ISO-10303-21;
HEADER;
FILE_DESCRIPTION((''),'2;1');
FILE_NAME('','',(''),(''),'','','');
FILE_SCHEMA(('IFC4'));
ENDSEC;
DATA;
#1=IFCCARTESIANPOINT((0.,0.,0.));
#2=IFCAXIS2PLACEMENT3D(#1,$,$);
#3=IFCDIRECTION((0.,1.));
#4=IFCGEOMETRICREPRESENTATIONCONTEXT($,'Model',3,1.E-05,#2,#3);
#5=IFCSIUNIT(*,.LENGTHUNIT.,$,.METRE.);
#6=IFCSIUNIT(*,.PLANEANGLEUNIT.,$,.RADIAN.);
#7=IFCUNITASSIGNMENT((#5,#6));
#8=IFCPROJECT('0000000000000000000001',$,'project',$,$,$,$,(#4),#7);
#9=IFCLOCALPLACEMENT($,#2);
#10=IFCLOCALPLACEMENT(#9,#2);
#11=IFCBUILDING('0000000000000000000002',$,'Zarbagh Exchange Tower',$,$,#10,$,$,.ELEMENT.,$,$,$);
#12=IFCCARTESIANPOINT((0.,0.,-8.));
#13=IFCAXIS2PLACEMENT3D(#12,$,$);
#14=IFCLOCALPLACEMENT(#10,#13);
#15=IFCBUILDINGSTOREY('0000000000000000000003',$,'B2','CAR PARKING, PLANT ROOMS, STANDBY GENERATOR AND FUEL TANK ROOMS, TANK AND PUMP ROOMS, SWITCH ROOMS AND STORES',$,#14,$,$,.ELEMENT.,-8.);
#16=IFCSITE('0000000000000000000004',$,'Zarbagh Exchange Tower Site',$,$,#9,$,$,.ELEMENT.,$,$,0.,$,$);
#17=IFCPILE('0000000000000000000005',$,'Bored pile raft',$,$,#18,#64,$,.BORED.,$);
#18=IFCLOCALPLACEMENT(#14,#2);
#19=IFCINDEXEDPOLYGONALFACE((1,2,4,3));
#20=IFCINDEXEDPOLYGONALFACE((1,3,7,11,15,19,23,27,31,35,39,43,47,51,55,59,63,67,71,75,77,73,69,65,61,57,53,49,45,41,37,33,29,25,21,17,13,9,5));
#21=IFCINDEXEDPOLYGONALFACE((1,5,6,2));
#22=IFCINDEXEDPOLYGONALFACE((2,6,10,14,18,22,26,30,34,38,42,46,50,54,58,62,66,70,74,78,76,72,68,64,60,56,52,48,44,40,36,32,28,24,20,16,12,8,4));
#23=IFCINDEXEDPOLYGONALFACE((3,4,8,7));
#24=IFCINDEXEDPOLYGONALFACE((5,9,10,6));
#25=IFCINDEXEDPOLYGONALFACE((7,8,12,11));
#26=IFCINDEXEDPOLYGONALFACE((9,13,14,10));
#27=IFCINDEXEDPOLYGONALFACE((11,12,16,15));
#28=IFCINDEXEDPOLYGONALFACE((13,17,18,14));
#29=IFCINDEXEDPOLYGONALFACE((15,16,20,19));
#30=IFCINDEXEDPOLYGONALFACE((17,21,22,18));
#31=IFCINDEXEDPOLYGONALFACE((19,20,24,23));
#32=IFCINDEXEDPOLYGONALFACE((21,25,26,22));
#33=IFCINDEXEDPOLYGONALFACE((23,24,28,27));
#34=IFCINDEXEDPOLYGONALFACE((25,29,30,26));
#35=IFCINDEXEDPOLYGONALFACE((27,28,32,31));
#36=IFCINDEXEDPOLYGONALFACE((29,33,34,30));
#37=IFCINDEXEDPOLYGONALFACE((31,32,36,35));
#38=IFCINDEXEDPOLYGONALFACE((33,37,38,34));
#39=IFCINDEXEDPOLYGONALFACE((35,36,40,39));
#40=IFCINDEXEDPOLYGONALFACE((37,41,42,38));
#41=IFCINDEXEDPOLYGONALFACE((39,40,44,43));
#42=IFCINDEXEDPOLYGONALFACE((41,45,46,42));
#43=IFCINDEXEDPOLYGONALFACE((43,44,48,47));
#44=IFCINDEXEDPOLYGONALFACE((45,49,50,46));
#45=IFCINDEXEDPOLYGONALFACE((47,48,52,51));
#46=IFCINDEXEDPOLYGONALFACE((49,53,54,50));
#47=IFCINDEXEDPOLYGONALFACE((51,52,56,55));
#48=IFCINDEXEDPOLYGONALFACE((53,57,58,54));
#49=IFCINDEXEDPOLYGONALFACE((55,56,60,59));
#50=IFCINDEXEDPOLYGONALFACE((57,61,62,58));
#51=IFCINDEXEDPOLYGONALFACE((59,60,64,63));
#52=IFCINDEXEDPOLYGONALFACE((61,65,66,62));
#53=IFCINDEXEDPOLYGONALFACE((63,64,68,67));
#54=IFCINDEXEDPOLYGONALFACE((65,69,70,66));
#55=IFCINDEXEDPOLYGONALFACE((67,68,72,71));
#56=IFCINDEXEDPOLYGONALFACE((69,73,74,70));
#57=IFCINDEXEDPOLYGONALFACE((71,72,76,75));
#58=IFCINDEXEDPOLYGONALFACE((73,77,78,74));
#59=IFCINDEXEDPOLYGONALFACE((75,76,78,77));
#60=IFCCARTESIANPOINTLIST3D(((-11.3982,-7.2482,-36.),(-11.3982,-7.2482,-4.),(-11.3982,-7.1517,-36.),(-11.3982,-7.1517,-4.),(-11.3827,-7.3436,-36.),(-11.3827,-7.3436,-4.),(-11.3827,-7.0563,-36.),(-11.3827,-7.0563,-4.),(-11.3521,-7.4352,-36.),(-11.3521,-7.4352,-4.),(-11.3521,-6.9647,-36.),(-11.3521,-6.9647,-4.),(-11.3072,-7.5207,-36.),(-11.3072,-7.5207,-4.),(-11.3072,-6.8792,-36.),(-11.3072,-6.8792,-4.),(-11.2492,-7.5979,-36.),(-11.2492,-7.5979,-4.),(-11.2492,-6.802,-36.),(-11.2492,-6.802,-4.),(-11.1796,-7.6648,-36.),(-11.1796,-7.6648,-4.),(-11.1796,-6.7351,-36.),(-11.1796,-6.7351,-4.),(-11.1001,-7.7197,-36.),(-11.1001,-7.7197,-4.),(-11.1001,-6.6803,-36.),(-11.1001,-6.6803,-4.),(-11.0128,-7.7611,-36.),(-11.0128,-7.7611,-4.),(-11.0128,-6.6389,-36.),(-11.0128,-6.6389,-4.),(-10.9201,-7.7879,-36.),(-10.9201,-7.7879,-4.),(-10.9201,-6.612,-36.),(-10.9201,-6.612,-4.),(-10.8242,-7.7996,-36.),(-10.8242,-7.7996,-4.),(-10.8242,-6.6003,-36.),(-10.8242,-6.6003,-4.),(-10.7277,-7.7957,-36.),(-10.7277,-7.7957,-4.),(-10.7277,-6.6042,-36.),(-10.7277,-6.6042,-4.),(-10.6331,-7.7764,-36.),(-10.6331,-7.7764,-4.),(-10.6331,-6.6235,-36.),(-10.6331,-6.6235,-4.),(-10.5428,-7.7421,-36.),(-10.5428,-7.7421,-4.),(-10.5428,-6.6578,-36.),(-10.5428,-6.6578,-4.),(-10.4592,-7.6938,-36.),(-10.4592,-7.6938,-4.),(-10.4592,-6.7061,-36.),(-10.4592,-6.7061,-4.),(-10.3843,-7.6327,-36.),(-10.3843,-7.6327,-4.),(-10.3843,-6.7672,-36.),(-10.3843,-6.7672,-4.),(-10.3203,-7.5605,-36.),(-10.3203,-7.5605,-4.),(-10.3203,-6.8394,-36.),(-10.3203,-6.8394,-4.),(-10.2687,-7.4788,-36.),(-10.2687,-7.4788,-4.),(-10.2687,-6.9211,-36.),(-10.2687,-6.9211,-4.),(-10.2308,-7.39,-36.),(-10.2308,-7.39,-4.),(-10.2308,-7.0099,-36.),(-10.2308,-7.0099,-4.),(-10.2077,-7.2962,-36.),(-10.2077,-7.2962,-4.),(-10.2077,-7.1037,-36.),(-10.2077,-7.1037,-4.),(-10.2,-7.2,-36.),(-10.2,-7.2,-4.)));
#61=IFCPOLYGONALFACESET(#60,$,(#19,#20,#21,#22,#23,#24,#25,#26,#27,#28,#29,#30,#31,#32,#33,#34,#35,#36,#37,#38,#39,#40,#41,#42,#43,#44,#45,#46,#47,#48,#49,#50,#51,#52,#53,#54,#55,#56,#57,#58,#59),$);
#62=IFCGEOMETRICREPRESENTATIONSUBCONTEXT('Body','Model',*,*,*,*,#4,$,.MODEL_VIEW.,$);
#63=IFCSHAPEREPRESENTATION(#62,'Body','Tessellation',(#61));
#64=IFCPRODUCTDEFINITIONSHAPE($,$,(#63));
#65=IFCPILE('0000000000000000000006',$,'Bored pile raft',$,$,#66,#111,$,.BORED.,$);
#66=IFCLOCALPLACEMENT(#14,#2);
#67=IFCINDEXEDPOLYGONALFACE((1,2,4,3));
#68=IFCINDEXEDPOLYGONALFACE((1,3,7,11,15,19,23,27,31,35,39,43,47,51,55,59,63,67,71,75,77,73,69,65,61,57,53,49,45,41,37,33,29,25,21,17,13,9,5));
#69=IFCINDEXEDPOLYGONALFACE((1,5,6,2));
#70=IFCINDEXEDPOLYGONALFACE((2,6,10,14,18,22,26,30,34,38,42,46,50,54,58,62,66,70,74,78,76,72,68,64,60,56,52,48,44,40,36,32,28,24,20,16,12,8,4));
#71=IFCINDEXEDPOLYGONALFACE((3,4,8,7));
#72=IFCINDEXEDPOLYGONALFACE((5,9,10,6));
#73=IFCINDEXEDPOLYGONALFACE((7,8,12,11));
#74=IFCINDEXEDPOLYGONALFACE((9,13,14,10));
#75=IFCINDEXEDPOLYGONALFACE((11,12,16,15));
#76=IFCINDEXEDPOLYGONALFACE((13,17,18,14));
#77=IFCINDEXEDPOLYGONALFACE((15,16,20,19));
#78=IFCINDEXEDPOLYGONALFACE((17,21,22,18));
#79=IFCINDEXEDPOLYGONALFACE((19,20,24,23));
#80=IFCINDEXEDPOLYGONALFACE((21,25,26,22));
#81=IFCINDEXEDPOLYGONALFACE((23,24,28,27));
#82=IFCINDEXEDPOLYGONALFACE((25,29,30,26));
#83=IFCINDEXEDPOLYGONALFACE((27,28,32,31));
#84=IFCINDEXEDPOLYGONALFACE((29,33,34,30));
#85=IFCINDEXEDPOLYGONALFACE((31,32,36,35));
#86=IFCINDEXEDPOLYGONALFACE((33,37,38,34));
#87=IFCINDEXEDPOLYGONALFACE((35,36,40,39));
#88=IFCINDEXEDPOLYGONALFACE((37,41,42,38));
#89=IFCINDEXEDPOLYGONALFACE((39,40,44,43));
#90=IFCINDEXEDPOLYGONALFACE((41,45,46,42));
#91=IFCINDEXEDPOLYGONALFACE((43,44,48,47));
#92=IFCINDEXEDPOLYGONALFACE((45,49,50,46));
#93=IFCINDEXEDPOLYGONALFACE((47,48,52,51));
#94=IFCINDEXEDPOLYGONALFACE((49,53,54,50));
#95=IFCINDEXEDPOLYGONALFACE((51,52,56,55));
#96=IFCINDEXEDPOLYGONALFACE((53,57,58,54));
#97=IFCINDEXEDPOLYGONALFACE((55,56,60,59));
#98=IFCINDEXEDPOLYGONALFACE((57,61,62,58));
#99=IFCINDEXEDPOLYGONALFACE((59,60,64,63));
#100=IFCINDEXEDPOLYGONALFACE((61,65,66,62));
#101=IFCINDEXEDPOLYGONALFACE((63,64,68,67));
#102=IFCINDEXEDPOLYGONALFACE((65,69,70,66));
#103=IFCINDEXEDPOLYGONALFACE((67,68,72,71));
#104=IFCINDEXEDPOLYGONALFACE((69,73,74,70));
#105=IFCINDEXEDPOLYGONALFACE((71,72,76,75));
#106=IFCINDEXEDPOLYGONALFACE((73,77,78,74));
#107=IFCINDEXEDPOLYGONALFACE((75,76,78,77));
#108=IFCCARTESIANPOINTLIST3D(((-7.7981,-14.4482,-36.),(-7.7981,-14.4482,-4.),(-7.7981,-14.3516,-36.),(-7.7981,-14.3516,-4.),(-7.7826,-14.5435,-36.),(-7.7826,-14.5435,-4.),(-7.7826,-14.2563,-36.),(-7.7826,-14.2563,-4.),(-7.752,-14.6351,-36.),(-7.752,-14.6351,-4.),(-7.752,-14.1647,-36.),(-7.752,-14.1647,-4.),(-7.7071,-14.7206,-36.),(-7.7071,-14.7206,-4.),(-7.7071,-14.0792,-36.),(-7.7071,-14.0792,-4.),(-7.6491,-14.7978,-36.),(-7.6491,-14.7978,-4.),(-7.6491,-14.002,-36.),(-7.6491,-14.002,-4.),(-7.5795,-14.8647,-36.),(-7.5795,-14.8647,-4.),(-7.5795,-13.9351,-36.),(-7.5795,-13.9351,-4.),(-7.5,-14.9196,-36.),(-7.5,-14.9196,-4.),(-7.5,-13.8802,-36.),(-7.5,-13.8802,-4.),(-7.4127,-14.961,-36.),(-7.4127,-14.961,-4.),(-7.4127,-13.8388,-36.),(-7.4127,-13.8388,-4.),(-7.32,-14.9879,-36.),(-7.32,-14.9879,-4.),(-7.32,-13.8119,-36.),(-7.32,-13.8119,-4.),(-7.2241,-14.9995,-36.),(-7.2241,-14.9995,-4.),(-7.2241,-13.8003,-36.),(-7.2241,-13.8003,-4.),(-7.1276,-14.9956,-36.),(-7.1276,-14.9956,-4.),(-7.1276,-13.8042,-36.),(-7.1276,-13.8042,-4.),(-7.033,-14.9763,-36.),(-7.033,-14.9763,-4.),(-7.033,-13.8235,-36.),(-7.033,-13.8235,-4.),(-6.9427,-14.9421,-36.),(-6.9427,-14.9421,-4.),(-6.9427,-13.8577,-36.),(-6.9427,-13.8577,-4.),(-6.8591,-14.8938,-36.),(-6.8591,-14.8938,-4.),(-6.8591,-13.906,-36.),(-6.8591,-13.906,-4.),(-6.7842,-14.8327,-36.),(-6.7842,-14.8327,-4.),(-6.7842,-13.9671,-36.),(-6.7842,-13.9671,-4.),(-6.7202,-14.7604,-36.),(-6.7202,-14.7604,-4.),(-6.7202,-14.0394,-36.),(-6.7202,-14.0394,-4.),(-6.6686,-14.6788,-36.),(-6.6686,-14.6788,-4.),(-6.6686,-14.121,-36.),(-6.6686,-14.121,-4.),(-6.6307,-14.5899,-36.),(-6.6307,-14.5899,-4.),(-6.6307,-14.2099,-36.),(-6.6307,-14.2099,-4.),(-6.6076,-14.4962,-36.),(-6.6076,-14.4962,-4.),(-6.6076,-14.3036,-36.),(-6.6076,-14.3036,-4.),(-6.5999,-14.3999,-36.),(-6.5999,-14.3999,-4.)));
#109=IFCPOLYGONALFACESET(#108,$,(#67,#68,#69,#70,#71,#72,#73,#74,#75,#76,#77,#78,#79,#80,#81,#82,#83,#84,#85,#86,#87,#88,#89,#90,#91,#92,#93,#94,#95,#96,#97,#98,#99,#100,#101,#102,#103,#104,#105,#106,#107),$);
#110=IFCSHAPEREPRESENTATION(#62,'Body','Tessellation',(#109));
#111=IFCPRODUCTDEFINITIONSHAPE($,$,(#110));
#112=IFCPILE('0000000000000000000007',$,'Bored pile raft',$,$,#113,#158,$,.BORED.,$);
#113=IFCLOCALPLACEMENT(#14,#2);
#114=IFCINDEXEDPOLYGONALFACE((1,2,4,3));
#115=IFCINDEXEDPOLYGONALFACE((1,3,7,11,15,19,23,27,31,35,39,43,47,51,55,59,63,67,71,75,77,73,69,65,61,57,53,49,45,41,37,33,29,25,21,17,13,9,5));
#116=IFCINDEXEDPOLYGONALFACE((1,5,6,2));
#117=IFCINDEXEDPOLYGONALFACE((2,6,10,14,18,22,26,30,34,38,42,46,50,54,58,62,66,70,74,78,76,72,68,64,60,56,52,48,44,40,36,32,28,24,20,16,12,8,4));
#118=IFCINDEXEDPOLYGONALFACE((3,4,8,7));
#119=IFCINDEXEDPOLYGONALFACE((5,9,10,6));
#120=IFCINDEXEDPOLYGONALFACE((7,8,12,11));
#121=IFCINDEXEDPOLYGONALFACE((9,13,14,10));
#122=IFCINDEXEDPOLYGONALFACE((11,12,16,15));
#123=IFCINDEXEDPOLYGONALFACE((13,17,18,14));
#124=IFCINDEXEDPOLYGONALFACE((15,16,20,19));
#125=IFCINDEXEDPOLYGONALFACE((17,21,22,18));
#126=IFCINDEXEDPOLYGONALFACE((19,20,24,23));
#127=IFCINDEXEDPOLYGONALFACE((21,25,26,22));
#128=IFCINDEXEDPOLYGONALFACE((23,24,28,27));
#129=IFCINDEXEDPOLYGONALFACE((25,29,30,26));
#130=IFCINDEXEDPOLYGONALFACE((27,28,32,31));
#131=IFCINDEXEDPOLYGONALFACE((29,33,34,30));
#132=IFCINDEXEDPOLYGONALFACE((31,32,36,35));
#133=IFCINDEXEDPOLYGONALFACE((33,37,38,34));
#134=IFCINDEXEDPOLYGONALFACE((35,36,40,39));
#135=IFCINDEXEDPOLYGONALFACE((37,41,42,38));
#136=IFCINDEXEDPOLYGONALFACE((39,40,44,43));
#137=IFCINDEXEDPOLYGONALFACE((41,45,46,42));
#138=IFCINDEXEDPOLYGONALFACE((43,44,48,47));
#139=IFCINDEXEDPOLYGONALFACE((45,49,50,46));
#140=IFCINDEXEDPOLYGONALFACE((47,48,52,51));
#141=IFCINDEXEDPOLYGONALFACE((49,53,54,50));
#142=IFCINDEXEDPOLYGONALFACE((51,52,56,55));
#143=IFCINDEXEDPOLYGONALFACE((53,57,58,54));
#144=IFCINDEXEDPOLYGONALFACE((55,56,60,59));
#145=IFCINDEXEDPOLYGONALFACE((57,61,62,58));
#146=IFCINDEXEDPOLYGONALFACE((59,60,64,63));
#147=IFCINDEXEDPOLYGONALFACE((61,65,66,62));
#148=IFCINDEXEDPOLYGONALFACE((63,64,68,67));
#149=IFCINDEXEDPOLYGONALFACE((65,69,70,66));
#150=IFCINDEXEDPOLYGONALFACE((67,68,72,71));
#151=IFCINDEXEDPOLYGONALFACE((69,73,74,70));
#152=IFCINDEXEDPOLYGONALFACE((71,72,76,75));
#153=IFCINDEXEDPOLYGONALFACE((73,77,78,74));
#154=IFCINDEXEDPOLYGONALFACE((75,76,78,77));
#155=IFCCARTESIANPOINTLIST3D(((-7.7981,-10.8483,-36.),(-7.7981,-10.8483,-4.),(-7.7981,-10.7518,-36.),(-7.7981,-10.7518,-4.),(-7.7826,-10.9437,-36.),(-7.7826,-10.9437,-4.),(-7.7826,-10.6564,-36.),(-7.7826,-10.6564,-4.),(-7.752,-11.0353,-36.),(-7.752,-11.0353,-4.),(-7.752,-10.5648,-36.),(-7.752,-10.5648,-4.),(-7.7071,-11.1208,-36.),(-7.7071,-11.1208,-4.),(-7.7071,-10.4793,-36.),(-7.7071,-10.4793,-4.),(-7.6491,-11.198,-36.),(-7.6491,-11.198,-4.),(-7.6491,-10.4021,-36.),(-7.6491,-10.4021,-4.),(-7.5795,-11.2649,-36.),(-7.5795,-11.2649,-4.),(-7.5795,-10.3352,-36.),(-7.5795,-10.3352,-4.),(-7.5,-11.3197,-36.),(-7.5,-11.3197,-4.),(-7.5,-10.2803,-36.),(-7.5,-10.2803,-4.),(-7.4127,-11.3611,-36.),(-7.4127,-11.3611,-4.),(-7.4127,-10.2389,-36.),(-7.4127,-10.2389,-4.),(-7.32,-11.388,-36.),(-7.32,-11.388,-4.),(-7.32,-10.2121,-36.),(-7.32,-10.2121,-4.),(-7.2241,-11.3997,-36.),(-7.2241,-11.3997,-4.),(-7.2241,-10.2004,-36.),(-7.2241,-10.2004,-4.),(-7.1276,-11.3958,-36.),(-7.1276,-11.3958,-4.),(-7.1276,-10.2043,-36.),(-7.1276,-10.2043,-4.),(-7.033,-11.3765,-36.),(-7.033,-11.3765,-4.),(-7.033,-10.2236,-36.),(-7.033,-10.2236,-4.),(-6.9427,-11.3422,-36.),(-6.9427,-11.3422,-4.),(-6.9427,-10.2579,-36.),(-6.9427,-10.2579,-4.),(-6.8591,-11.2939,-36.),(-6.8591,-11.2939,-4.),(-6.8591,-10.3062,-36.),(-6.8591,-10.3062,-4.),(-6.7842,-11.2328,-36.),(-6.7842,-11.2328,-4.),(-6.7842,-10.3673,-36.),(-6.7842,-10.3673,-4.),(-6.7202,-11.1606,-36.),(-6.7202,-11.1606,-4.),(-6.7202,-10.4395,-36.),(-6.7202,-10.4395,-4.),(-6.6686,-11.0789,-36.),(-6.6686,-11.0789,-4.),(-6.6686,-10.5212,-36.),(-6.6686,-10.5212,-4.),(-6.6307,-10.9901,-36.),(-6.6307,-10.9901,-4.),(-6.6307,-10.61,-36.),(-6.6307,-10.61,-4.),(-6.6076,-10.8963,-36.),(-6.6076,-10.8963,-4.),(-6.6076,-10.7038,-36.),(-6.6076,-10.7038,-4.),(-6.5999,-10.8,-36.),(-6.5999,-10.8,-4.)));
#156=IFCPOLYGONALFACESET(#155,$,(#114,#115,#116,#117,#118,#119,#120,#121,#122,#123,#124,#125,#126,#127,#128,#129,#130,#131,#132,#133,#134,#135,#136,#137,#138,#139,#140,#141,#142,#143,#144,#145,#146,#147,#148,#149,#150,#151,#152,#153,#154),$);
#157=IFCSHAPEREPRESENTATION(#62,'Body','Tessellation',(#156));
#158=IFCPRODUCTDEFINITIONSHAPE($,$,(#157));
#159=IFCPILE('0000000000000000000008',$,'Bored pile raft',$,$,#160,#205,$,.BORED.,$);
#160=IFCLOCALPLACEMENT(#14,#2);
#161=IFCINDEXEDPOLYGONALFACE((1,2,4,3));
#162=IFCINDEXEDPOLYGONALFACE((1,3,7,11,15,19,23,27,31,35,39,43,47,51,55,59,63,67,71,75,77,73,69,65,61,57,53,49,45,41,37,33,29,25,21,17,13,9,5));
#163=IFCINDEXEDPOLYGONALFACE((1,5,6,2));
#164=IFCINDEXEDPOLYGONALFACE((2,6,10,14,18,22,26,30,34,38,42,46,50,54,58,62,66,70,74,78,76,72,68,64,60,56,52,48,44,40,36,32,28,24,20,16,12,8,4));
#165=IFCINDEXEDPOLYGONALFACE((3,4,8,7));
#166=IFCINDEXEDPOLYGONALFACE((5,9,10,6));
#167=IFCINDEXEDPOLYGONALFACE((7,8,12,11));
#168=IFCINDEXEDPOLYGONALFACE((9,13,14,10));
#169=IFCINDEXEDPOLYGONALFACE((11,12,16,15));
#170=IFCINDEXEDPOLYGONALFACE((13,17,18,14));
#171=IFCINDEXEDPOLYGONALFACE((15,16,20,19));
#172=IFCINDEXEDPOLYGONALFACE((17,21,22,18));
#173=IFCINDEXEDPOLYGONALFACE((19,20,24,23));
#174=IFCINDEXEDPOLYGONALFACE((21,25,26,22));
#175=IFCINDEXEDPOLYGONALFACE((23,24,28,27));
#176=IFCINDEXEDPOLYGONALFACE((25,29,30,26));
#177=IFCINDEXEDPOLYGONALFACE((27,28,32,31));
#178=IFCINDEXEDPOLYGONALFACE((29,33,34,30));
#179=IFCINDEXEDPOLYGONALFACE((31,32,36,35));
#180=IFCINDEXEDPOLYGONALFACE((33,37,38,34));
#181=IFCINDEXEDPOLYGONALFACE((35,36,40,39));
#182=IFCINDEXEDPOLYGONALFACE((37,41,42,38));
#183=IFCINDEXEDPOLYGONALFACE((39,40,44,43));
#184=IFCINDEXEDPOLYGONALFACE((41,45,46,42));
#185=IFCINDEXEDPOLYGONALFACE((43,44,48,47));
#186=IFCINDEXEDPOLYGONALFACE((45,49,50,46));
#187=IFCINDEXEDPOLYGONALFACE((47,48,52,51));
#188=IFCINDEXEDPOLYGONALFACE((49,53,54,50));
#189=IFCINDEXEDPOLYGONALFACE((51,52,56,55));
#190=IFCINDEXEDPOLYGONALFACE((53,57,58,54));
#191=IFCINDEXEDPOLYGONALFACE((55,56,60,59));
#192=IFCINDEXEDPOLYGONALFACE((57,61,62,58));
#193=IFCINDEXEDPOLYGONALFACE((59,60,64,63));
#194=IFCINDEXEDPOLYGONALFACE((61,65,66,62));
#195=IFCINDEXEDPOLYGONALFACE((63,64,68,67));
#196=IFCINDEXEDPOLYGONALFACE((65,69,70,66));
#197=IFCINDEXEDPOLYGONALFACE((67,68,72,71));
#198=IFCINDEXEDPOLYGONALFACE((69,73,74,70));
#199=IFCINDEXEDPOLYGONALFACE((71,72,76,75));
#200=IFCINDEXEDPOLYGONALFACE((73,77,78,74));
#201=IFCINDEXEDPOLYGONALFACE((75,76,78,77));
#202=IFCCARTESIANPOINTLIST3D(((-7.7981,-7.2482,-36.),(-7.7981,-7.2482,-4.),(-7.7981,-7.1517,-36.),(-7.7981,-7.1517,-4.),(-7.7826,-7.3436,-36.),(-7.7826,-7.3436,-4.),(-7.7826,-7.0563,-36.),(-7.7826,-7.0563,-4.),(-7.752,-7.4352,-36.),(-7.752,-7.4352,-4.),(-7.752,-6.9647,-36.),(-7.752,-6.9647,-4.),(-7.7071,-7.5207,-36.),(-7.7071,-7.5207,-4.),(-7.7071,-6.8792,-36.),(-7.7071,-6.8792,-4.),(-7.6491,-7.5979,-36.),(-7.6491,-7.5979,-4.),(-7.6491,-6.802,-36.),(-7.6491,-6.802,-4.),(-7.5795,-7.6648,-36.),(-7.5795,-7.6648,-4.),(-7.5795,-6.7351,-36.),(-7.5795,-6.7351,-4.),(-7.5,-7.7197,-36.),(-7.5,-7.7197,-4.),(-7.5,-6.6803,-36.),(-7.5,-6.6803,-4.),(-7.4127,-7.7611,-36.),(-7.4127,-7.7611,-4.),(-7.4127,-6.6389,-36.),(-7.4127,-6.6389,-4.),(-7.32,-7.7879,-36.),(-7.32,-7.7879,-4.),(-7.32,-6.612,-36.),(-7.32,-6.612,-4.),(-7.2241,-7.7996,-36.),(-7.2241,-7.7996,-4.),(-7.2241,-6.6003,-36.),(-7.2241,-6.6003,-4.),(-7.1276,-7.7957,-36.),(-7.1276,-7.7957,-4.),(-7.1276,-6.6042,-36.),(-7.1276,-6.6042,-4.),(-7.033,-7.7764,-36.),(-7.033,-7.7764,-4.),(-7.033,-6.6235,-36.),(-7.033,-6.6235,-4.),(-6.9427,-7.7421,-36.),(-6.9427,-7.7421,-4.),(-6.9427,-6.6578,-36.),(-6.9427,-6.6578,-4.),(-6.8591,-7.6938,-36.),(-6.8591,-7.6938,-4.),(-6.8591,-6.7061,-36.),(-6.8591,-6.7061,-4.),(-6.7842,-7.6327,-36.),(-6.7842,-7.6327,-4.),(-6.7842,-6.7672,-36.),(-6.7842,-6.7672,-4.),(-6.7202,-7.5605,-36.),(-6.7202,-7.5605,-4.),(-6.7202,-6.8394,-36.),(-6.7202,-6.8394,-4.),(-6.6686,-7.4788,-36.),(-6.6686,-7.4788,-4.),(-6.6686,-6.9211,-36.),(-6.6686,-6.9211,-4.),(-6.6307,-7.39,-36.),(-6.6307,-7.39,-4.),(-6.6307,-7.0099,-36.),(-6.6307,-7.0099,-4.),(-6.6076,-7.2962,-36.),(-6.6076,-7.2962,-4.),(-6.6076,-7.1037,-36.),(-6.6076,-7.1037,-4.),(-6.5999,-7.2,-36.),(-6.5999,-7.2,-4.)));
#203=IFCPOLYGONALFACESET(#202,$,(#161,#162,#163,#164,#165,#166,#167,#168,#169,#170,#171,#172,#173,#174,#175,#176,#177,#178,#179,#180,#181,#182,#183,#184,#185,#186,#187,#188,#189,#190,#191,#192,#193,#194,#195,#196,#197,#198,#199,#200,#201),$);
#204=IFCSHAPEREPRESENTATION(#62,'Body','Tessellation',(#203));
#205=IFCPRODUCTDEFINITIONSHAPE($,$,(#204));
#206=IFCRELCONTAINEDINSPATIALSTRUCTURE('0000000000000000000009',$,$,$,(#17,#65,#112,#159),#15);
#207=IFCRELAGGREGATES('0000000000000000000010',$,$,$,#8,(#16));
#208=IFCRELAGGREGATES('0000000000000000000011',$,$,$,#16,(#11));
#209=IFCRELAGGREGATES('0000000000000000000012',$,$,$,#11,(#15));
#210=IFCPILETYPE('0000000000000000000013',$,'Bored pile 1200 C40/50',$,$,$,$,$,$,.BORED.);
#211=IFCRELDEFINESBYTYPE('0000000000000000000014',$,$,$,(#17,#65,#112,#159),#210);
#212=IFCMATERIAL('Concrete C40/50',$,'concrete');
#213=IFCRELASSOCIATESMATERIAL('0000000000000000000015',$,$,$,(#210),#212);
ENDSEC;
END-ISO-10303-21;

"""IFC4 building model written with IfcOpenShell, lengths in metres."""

from ifc_helpers import new_model, si_unit, direction, frame, origin, origin_2d, place, context, subcontext, project, spatial, circle, extrude, material, material_profile, profile_set, type_object, element, save


model = new_model("IFC4")

# Units and contexts
model_context = context("Model", 3, precision=1e-05, world=origin(), true_north=direction((0.0, 1.0)))
body_context = subcontext(model_context, "Body", "Model", "MODEL_VIEW")
ifc_project = project(units=[si_unit("LENGTHUNIT", "METRE"), si_unit("PLANEANGLEUNIT", "RADIAN")], contexts=[model_context])

# Site, building, storey
site_placement = place(None, origin())
site = spatial("IfcSite", under=ifc_project, at=site_placement, Name="Zarbagh Exchange Tower Site", CompositionType="ELEMENT", RefElevation=0.0)
building_placement = place(site_placement, origin())
building = spatial("IfcBuilding", under=site, at=building_placement, Name="Zarbagh Exchange Tower", CompositionType="ELEMENT")
storey_placement = place(building_placement, frame((0.0, 0.0, -8.0)))
storey = spatial("IfcBuildingStorey", under=building, at=storey_placement, Name="B2", Description="CAR PARKING, PLANT ROOMS, STANDBY GENERATOR AND FUEL TANK ROOMS, TANK AND PUMP ROOMS, SWITCH ROOMS AND STORES", CompositionType="ELEMENT", Elevation=-8.0)

# Piles
ifc_material_1 = material(Name="Concrete C40/50", Category="concrete")
ifc_material_profile_1 = material_profile(ifc_material_1, circle(Radius=0.6001, at=origin_2d()), Name="Bored pile 1200 C40/50")
ifc_profile_set_1 = profile_set([ifc_material_profile_1], Name="Concrete C40/50")
pile_type = type_object("IfcPileType", Name="Bored pile 1200 C40/50", PredefinedType="BORED", material=ifc_profile_set_1)
for number, where, z_axis, x_axis, name in (
    (1, (-10.8, -7.2, -4.0), (0.0, 0.0, -1.0), (1.0, 0.0, 0.0), "Bored pile raft"),
    (2, (-7.2, -14.3999, -4.0), (0.0, 0.0, -1.0), (1.0, 0.0, 0.0), "Bored pile raft"),
    (3, (-7.2, -10.8, -4.0), (0.0, 0.0, -1.0), (1.0, 0.0, 0.0), "Bored pile raft"),
    (4, (-7.2, -7.2, -4.0), (0.0, 0.0, -1.0), (1.0, 0.0, 0.0), "Bored pile raft"),
):
    element("IfcPile", number, at=place(storey_placement, frame(where, z_axis=z_axis, x_axis=x_axis)), inside=storey, type_object=pile_type, Name=name, PredefinedType="BORED", context=body_context, shape_type="SweptSolid", body=[
        extrude(circle(Radius=0.6001, at=origin_2d()), origin(), (0.0, 0.0, 1.0), 32.0),
    ])

save(model, "model.ifc")
